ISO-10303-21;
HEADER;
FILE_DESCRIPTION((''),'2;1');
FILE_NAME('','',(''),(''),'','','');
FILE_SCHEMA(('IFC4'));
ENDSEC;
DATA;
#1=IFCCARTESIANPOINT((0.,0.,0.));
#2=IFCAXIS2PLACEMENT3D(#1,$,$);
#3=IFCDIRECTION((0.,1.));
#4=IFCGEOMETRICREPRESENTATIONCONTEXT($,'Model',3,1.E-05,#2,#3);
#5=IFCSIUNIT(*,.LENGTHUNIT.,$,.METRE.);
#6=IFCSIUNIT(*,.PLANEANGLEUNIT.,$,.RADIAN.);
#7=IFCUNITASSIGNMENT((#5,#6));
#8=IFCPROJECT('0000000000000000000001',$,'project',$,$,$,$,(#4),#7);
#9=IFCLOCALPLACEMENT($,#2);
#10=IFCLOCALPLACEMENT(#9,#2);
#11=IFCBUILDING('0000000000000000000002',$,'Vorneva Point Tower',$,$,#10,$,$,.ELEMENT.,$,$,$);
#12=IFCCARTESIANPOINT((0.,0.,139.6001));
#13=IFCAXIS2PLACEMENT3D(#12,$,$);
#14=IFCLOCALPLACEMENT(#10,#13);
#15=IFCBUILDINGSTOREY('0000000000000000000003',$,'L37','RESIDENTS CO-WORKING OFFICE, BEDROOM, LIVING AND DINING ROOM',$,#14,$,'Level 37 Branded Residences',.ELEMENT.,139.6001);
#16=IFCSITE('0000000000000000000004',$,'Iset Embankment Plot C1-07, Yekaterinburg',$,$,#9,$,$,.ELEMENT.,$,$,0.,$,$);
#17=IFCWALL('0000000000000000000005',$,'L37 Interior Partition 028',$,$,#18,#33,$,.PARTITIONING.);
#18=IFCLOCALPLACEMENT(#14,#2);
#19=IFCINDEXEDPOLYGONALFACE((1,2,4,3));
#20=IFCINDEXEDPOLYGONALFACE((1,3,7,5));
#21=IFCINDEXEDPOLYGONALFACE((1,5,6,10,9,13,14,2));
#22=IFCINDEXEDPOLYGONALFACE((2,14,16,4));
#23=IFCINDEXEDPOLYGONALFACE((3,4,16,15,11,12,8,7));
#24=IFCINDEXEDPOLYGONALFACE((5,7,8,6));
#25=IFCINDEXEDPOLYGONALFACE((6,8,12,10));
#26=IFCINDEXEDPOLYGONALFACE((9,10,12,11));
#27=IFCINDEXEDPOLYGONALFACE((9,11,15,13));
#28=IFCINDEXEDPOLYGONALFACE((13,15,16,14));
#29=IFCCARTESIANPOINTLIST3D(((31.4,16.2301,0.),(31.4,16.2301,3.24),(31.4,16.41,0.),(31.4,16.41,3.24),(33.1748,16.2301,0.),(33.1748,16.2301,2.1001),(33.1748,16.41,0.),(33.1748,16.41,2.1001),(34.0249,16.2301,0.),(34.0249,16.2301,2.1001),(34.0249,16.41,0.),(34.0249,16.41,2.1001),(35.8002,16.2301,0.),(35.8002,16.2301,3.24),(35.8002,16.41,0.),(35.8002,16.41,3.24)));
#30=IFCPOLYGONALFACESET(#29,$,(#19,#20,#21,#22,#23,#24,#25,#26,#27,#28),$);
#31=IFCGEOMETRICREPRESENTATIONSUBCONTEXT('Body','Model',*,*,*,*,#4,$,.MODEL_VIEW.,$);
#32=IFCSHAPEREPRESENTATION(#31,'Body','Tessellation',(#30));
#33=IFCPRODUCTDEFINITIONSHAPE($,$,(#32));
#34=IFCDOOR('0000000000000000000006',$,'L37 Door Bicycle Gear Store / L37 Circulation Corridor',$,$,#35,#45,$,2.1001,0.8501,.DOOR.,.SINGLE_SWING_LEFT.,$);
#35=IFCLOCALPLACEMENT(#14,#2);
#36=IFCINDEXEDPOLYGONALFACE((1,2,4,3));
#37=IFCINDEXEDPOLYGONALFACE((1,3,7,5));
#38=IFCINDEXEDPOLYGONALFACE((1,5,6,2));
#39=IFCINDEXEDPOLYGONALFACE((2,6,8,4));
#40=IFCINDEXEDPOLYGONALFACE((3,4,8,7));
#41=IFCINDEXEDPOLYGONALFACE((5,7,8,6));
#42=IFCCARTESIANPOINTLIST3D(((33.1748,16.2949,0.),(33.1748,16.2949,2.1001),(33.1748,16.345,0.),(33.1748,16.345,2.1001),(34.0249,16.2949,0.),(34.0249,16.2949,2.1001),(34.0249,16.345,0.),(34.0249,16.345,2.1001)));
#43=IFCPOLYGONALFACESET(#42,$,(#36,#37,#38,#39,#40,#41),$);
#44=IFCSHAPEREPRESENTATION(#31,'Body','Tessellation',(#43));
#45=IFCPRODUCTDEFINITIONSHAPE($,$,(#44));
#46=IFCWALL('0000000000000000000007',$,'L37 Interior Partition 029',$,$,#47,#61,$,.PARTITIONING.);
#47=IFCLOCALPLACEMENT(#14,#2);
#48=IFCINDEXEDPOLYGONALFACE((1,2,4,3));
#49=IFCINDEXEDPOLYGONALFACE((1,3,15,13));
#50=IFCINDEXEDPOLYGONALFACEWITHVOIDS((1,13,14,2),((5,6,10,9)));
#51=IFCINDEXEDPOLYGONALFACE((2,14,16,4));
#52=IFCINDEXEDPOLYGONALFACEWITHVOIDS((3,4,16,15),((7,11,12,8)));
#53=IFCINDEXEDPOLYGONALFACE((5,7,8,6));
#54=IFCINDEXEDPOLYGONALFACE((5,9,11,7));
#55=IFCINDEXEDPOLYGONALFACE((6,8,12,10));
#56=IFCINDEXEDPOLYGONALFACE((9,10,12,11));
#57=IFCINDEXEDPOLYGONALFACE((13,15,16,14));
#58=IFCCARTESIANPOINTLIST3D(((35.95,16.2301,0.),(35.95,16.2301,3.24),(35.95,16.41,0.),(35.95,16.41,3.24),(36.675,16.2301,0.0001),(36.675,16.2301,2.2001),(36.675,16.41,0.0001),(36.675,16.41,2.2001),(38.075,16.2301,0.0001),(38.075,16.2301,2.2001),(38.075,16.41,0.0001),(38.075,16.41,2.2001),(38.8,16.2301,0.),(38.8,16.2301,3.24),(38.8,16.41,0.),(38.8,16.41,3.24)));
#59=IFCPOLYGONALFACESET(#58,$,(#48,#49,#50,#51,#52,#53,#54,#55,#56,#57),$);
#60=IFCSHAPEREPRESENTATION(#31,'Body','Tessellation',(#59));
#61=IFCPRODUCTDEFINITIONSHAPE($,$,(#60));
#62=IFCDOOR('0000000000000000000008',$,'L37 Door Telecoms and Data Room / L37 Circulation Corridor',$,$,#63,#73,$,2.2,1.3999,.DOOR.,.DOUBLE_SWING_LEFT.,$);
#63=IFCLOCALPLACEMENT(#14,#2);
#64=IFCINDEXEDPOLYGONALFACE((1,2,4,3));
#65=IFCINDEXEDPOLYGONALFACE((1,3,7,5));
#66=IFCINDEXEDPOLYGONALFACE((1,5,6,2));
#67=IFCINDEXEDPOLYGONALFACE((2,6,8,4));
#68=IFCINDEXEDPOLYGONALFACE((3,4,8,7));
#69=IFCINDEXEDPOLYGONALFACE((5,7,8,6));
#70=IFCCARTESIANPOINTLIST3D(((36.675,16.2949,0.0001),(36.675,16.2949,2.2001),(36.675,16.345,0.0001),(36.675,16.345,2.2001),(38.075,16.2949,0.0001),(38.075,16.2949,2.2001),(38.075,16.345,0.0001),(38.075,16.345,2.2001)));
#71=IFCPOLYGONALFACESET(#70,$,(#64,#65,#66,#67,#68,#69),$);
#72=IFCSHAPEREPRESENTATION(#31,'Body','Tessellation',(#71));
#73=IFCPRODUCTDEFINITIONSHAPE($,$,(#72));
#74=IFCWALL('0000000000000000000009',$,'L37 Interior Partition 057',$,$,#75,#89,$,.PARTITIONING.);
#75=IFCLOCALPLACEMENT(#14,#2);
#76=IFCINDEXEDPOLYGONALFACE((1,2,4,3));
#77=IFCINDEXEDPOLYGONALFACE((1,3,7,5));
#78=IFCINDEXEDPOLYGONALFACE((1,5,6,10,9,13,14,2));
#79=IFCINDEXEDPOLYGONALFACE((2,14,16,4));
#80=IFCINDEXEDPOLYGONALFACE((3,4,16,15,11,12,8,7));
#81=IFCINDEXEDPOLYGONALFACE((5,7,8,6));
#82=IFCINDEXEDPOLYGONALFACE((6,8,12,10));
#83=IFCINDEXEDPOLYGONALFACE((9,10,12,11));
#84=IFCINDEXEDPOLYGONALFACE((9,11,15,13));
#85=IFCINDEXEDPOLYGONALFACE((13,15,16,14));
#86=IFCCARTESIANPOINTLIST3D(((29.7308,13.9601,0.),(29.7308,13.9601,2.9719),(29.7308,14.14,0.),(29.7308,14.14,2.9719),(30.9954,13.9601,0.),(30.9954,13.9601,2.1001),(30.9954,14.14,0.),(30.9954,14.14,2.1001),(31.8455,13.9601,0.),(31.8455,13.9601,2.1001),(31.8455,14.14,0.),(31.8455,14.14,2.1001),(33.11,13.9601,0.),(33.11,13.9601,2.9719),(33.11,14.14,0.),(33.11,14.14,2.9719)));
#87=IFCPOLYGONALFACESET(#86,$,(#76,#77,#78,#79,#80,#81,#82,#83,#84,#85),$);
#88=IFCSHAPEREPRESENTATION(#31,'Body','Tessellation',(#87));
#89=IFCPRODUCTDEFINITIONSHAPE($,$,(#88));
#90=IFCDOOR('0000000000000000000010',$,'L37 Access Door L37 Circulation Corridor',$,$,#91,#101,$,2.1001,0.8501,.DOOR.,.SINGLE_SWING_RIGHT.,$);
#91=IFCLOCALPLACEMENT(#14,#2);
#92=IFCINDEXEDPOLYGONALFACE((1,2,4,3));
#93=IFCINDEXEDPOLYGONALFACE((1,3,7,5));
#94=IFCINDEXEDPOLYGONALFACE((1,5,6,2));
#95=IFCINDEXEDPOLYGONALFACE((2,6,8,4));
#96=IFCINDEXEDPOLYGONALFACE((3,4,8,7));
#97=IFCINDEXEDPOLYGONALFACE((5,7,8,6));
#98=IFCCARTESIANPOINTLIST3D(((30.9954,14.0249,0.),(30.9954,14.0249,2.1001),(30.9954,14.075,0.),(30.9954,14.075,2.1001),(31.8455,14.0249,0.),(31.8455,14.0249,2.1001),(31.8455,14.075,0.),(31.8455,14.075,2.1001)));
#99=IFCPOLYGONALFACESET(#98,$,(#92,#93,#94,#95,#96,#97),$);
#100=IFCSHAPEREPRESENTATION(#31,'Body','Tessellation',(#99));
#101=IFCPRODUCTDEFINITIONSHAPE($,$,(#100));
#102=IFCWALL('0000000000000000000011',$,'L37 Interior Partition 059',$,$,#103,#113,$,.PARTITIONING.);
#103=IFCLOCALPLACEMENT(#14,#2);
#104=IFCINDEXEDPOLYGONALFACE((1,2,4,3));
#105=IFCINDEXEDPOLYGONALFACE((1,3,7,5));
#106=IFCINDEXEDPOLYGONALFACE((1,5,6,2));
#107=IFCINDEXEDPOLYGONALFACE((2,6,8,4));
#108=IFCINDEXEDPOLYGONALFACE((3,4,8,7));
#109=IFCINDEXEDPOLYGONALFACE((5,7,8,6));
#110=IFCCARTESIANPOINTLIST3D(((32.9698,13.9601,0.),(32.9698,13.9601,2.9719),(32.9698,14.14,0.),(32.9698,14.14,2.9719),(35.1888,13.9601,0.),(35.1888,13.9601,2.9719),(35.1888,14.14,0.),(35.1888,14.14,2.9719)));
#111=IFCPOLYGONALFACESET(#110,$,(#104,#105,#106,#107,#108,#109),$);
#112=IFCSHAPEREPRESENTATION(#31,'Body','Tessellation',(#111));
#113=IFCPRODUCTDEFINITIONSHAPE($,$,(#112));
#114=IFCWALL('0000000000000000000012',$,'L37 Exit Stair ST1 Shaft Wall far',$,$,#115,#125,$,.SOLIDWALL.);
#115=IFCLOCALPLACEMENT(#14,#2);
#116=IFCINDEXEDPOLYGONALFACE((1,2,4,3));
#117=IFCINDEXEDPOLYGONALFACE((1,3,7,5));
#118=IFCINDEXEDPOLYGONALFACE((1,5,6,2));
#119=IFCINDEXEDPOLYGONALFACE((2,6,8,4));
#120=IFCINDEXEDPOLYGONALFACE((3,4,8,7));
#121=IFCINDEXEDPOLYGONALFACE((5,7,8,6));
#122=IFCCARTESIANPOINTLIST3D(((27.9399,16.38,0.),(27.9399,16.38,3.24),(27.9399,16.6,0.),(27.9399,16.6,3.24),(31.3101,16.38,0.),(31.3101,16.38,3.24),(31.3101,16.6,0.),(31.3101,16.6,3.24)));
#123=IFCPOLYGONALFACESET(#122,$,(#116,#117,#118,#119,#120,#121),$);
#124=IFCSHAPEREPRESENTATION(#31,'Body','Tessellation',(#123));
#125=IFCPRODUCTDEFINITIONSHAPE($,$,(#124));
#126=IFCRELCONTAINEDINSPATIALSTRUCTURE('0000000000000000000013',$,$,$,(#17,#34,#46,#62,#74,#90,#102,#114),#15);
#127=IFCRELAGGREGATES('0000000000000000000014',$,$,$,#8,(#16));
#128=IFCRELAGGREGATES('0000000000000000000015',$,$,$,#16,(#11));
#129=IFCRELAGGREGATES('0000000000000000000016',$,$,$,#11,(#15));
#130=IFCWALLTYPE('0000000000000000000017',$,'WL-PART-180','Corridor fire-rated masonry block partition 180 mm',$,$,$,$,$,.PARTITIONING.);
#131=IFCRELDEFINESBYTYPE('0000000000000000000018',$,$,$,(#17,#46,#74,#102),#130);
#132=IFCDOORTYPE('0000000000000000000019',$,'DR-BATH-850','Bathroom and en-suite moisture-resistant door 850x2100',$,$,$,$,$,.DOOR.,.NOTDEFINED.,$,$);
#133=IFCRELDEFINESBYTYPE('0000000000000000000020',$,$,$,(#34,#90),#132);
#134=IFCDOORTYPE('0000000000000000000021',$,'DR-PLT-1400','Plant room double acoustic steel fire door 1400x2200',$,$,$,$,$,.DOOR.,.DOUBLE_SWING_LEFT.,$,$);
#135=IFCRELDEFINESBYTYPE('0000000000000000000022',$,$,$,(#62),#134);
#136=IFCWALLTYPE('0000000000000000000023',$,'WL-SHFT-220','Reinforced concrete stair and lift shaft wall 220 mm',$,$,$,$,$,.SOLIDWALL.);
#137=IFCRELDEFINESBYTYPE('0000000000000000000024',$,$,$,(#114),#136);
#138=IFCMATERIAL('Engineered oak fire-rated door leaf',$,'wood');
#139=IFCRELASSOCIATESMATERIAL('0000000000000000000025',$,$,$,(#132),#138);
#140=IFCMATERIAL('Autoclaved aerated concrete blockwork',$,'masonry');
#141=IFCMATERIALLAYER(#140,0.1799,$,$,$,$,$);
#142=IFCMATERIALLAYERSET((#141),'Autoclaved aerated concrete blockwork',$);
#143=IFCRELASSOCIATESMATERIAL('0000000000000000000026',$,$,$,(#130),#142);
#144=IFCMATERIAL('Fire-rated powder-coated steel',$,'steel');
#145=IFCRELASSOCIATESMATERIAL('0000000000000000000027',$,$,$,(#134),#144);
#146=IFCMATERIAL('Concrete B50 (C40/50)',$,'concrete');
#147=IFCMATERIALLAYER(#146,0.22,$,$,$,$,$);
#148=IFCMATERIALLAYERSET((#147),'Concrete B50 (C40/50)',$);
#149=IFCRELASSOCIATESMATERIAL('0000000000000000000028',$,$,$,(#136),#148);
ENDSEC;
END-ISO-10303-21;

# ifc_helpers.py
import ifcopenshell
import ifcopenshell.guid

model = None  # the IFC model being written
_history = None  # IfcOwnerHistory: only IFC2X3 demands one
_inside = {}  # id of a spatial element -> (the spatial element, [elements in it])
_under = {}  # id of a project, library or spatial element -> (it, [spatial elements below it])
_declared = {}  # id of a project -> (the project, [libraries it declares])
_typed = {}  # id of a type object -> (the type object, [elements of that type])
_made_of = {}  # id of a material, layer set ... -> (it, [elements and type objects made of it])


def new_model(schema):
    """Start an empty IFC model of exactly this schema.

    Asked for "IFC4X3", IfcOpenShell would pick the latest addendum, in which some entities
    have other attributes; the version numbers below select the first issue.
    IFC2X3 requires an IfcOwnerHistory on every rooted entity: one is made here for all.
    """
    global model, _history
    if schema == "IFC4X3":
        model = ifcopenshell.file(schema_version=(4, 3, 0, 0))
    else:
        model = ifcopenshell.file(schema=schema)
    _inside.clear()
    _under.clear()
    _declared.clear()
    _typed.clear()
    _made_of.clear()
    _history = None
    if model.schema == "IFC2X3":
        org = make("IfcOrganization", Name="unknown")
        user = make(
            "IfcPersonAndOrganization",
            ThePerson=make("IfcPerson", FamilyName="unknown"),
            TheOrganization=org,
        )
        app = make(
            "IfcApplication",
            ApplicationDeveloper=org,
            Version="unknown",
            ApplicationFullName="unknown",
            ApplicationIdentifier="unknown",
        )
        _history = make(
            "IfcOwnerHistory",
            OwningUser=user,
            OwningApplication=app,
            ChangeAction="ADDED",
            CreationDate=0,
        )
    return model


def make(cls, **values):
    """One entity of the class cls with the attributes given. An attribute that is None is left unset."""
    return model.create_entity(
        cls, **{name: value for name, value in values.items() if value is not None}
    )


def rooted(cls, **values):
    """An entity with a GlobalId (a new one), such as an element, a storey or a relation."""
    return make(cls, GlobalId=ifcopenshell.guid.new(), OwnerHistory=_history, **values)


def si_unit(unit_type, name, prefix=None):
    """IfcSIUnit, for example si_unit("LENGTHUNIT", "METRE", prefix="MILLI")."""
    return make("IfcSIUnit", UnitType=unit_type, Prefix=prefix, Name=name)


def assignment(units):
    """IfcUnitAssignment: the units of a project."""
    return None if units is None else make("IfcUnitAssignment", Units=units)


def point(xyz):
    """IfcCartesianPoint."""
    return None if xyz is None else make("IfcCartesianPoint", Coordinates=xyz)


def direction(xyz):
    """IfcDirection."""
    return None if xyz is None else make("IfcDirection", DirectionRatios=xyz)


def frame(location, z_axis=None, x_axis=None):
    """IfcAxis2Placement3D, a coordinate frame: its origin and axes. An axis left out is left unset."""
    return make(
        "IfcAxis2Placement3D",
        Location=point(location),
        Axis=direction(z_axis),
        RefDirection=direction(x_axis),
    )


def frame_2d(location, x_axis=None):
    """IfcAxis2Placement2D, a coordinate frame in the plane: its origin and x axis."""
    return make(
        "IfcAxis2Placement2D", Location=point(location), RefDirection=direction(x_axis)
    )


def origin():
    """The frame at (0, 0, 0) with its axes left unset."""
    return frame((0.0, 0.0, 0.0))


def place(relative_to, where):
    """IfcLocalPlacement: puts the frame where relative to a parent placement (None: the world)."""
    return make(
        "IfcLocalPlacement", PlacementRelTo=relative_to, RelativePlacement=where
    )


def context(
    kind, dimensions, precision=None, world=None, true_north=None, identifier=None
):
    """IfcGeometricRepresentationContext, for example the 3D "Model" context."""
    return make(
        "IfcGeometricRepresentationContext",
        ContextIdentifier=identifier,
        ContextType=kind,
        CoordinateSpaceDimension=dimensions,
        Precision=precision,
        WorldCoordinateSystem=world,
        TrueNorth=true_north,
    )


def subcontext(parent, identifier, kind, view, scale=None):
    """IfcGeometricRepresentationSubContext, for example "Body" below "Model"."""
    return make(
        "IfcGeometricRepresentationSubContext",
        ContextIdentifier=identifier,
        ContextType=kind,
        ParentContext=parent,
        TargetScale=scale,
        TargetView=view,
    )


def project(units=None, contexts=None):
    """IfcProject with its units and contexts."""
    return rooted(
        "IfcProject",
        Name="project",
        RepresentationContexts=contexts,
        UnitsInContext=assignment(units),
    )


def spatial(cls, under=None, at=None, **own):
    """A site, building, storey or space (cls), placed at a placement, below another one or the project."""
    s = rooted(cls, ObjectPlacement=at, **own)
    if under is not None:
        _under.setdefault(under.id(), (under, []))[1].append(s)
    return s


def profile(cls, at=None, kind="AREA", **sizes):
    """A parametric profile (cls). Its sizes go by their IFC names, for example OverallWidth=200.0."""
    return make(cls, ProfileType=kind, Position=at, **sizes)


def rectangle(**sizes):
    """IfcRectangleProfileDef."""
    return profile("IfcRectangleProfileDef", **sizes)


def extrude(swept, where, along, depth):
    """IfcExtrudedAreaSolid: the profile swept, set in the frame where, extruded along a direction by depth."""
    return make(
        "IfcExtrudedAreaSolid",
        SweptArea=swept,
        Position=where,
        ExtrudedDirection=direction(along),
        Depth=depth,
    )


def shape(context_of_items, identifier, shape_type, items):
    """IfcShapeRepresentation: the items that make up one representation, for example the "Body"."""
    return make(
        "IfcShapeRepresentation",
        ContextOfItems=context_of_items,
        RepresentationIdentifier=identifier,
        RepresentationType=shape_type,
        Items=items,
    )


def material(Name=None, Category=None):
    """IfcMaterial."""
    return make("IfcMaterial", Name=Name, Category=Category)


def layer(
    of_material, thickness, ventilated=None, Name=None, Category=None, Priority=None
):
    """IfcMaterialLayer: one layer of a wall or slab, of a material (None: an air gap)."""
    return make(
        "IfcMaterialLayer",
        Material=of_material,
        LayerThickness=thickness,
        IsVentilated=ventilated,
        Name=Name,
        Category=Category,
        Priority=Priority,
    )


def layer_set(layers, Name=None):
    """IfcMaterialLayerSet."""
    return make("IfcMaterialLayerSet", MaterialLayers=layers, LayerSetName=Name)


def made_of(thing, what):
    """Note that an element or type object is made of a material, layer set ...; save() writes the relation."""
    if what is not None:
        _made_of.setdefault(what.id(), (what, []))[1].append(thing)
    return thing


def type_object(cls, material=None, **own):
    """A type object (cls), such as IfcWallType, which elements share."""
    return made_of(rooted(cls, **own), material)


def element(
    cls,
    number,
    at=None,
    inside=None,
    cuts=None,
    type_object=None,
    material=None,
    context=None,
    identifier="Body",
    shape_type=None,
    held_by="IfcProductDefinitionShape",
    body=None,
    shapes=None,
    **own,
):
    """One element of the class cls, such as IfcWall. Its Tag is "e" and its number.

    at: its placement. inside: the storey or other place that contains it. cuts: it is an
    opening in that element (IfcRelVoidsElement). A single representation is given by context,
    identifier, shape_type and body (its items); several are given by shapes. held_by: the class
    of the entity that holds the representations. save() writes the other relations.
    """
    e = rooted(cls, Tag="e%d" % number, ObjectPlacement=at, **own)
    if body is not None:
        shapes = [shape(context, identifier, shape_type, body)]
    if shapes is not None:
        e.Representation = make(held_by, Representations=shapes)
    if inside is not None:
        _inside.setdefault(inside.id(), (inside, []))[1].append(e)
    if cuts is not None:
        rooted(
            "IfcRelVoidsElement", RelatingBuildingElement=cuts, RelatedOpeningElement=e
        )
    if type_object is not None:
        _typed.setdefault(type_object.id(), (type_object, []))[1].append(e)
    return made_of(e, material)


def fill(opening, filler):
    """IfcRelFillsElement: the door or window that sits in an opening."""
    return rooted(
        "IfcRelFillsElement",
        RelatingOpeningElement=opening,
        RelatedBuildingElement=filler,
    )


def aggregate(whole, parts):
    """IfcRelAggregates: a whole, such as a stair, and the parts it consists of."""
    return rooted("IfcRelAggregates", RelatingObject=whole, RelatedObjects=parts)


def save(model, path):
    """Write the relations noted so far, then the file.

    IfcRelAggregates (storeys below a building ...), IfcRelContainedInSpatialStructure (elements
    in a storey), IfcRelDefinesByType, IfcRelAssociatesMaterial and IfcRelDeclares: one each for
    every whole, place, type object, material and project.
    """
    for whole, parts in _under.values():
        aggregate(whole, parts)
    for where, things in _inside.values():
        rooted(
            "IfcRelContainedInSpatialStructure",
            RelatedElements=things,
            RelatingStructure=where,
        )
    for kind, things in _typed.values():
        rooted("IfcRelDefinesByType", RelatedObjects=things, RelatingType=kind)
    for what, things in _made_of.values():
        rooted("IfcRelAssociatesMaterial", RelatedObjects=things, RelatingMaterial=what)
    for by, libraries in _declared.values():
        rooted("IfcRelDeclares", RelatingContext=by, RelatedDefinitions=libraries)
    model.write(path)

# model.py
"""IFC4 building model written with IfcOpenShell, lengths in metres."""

from ifc_helpers import new_model, si_unit, direction, frame, frame_2d, origin, place, context, subcontext, project, spatial, rectangle, extrude, material, layer, layer_set, type_object, element, fill, save


model = new_model("IFC4")

# Units and contexts
model_context = context("Model", 3, precision=1e-05, world=origin(), true_north=direction((0.0, 1.0)))
body_context = subcontext(model_context, "Body", "Model", "MODEL_VIEW")
ifc_project = project(units=[si_unit("LENGTHUNIT", "METRE"), si_unit("PLANEANGLEUNIT", "RADIAN")], contexts=[model_context])

# Site, building, storey
site_placement = place(None, origin())
site = spatial("IfcSite", under=ifc_project, at=site_placement, Name="Iset Embankment Plot C1-07, Yekaterinburg", CompositionType="ELEMENT", RefElevation=0.0)
building_placement = place(site_placement, origin())
building = spatial("IfcBuilding", under=site, at=building_placement, Name="Vorneva Point Tower", CompositionType="ELEMENT")
storey_placement = place(building_placement, frame((0.0, 0.0, 139.6001)))
storey = spatial("IfcBuildingStorey", under=building, at=storey_placement, Name="L37", Description="RESIDENTS CO-WORKING OFFICE, BEDROOM, LIVING AND DINING ROOM", LongName="Level 37 Branded Residences", CompositionType="ELEMENT", Elevation=139.6001)

# Shared definitions
ifc_material_1 = material(Name="Engineered oak fire-rated door leaf", Category="wood")
door_type_1 = type_object("IfcDoorType", Name="DR-BATH-850", Description="Bathroom and en-suite moisture-resistant door 850x2100", OperationType="NOTDEFINED", PredefinedType="DOOR", material=ifc_material_1)

# Shared definitions
ifc_material_2 = material(Name="Autoclaved aerated concrete blockwork", Category="masonry")
ifc_layer_1 = layer(ifc_material_2, 0.1799)
ifc_layer_set_1 = layer_set([ifc_layer_1], Name="Autoclaved aerated concrete blockwork")
wall_type_1 = type_object("IfcWallType", Name="WL-PART-180", Description="Corridor fire-rated masonry block partition 180 mm", PredefinedType="PARTITIONING", material=ifc_layer_set_1)

# Walls, openings, doors
wall_1_placement = place(storey_placement, frame((31.3999, 16.3201, 0.0), z_axis=(0.0, 0.0, 1.0), x_axis=(1.0, 0.0, 0.0)))
wall_1 = element("IfcWall", 1, at=wall_1_placement, inside=storey, type_object=wall_type_1, Name="L37 Interior Partition 028", PredefinedType="PARTITIONING", context=body_context, shape_type="SweptSolid", body=[
    extrude(rectangle(XDim=4.4001, YDim=0.1799, at=frame_2d((2.2002, 0.0))), origin(), (0.0, 0.0, 1.0), 3.24),
])
opening_1_placement = place(wall_1_placement, frame((1.7749, 0.0, 0.0)))
opening_1 = element("IfcOpeningElement", 2, at=opening_1_placement, cuts=wall_1, PredefinedType="OPENING", context=body_context, shape_type="SweptSolid", body=[
    extrude(rectangle(XDim=0.8501, YDim=2.1001, at=frame_2d((0.425, 1.05))), frame((0.0, 0.105, 0.0), z_axis=(0.0, -1.0, 0.0), x_axis=(1.0, 0.0, 0.0)), (0.0, 0.0, 1.0), 0.2097),
])
door_1_placement = place(opening_1_placement, origin())
door_1 = element("IfcDoor", 3, at=door_1_placement, inside=storey, type_object=door_type_1, Name="L37 Door Bicycle Gear Store / L37 Circulation Corridor", OperationType="SINGLE_SWING_LEFT", OverallHeight=2.1001, OverallWidth=0.8501, PredefinedType="DOOR", context=body_context, shape_type="SweptSolid", body=[
    extrude(rectangle(XDim=0.8501, YDim=2.1001, at=frame_2d((0.425, 1.05))), frame((0.0, 0.0249, 0.0), z_axis=(0.0, -1.0, 0.0), x_axis=(1.0, 0.0, 0.0)), (0.0, 0.0, 1.0), 0.05),
])
fill(opening_1, door_1)
wall_2_placement = place(storey_placement, frame((35.95, 16.3201, 0.0), z_axis=(0.0, 0.0, 1.0), x_axis=(1.0, 0.0, 0.0)))
wall_2 = element("IfcWall", 4, at=wall_2_placement, inside=storey, type_object=wall_type_1, Name="L37 Interior Partition 029", PredefinedType="PARTITIONING", context=body_context, shape_type="SweptSolid", body=[
    extrude(rectangle(XDim=2.8501, YDim=0.1799, at=frame_2d((1.425, 0.0))), origin(), (0.0, 0.0, 1.0), 3.24),
])
opening_2_placement = place(wall_2_placement, frame((0.7251, 0.0, 0.0)))
opening_2 = element("IfcOpeningElement", 5, at=opening_2_placement, cuts=wall_2, PredefinedType="OPENING", context=body_context, shape_type="SweptSolid", body=[
    extrude(rectangle(XDim=1.3999, YDim=2.2, at=frame_2d((0.7, 1.1001))), frame((0.0, 0.105, 0.0), z_axis=(0.0, -1.0, 0.0), x_axis=(1.0, 0.0, 0.0)), (0.0, 0.0, 1.0), 0.2097),
])
ifc_material_3 = material(Name="Fire-rated powder-coated steel", Category="steel")
door_type_2 = type_object("IfcDoorType", Name="DR-PLT-1400", Description="Plant room double acoustic steel fire door 1400x2200", OperationType="DOUBLE_SWING_LEFT", PredefinedType="DOOR", material=ifc_material_3)
door_2_placement = place(opening_2_placement, origin())
door_2 = element("IfcDoor", 6, at=door_2_placement, inside=storey, type_object=door_type_2, Name="L37 Door Telecoms and Data Room / L37 Circulation Corridor", OperationType="DOUBLE_SWING_LEFT", OverallHeight=2.2, OverallWidth=1.3999, PredefinedType="DOOR", context=body_context, shape_type="SweptSolid", body=[
    extrude(rectangle(XDim=1.3999, YDim=2.2, at=frame_2d((0.7, 1.1001))), frame((0.0, 0.0249, 0.0), z_axis=(0.0, -1.0, 0.0), x_axis=(1.0, 0.0, 0.0)), (0.0, 0.0, 1.0), 0.05),
])
fill(opening_2, door_2)
wall_3_placement = place(storey_placement, frame((29.731, 14.05, 0.0), z_axis=(0.0, 0.0, 1.0), x_axis=(1.0, 0.0, 0.0)))
wall_3 = element("IfcWall", 7, at=wall_3_placement, inside=storey, type_object=wall_type_1, Name="L37 Interior Partition 057", PredefinedType="PARTITIONING", context=body_context, shape_type="SweptSolid", body=[
    extrude(rectangle(XDim=3.3792, YDim=0.1799, at=frame_2d((1.6895, 0.0))), origin(), (0.0, 0.0, 1.0), 2.9719),
])
opening_3_placement = place(wall_3_placement, frame((1.2644, 0.0, 0.0)))
opening_3 = element("IfcOpeningElement", 8, at=opening_3_placement, cuts=wall_3, PredefinedType="OPENING", context=body_context, shape_type="SweptSolid", body=[
    extrude(rectangle(XDim=0.8501, YDim=2.1001, at=frame_2d((0.425, 1.05))), frame((0.0, 0.105, 0.0), z_axis=(0.0, -1.0, 0.0), x_axis=(1.0, 0.0, 0.0)), (0.0, 0.0, 1.0), 0.2097),
])
door_3_placement = place(opening_3_placement, origin())
door_3 = element("IfcDoor", 9, at=door_3_placement, inside=storey, type_object=door_type_1, Name="L37 Access Door L37 Circulation Corridor", OperationType="SINGLE_SWING_RIGHT", OverallHeight=2.1001, OverallWidth=0.8501, PredefinedType="DOOR", context=body_context, shape_type="SweptSolid", body=[
    extrude(rectangle(XDim=0.8501, YDim=2.1001, at=frame_2d((0.425, 1.05))), frame((0.0, 0.0249, 0.0), z_axis=(0.0, -1.0, 0.0), x_axis=(1.0, 0.0, 0.0)), (0.0, 0.0, 1.0), 0.05),
])
fill(opening_3, door_3)

# Walls
wall_4_placement = place(storey_placement, frame((32.97, 14.05, 0.0), z_axis=(0.0, 0.0, 1.0), x_axis=(1.0, 0.0, 0.0)))
element("IfcWall", 10, at=wall_4_placement, inside=storey, type_object=wall_type_1, Name="L37 Interior Partition 059", PredefinedType="PARTITIONING", context=body_context, shape_type="SweptSolid", body=[
    extrude(rectangle(XDim=2.219, YDim=0.1799, at=frame_2d((1.1094, 0.0))), origin(), (0.0, 0.0, 1.0), 2.9719),
])
ifc_material_4 = material(Name="Concrete B50 (C40/50)", Category="concrete")
ifc_layer_2 = layer(ifc_material_4, 0.22)
ifc_layer_set_2 = layer_set([ifc_layer_2], Name="Concrete B50 (C40/50)")
wall_type_2 = type_object("IfcWallType", Name="WL-SHFT-220", Description="Reinforced concrete stair and lift shaft wall 220 mm", PredefinedType="SOLIDWALL", material=ifc_layer_set_2)
wall_5_placement = place(storey_placement, frame((31.3101, 16.49, 0.0), z_axis=(0.0, 0.0, 1.0), x_axis=(-1.0, 0.0, 0.0)))
element("IfcWall", 11, at=wall_5_placement, inside=storey, type_object=wall_type_2, Name="L37 Exit Stair ST1 Shaft Wall far", PredefinedType="SOLIDWALL", context=body_context, shape_type="SweptSolid", body=[
    extrude(rectangle(XDim=3.3701, YDim=0.22, at=frame_2d((1.6851, 0.0))), origin(), (0.0, 0.0, 1.0), 3.24),
])

save(model, "model.ifc")
